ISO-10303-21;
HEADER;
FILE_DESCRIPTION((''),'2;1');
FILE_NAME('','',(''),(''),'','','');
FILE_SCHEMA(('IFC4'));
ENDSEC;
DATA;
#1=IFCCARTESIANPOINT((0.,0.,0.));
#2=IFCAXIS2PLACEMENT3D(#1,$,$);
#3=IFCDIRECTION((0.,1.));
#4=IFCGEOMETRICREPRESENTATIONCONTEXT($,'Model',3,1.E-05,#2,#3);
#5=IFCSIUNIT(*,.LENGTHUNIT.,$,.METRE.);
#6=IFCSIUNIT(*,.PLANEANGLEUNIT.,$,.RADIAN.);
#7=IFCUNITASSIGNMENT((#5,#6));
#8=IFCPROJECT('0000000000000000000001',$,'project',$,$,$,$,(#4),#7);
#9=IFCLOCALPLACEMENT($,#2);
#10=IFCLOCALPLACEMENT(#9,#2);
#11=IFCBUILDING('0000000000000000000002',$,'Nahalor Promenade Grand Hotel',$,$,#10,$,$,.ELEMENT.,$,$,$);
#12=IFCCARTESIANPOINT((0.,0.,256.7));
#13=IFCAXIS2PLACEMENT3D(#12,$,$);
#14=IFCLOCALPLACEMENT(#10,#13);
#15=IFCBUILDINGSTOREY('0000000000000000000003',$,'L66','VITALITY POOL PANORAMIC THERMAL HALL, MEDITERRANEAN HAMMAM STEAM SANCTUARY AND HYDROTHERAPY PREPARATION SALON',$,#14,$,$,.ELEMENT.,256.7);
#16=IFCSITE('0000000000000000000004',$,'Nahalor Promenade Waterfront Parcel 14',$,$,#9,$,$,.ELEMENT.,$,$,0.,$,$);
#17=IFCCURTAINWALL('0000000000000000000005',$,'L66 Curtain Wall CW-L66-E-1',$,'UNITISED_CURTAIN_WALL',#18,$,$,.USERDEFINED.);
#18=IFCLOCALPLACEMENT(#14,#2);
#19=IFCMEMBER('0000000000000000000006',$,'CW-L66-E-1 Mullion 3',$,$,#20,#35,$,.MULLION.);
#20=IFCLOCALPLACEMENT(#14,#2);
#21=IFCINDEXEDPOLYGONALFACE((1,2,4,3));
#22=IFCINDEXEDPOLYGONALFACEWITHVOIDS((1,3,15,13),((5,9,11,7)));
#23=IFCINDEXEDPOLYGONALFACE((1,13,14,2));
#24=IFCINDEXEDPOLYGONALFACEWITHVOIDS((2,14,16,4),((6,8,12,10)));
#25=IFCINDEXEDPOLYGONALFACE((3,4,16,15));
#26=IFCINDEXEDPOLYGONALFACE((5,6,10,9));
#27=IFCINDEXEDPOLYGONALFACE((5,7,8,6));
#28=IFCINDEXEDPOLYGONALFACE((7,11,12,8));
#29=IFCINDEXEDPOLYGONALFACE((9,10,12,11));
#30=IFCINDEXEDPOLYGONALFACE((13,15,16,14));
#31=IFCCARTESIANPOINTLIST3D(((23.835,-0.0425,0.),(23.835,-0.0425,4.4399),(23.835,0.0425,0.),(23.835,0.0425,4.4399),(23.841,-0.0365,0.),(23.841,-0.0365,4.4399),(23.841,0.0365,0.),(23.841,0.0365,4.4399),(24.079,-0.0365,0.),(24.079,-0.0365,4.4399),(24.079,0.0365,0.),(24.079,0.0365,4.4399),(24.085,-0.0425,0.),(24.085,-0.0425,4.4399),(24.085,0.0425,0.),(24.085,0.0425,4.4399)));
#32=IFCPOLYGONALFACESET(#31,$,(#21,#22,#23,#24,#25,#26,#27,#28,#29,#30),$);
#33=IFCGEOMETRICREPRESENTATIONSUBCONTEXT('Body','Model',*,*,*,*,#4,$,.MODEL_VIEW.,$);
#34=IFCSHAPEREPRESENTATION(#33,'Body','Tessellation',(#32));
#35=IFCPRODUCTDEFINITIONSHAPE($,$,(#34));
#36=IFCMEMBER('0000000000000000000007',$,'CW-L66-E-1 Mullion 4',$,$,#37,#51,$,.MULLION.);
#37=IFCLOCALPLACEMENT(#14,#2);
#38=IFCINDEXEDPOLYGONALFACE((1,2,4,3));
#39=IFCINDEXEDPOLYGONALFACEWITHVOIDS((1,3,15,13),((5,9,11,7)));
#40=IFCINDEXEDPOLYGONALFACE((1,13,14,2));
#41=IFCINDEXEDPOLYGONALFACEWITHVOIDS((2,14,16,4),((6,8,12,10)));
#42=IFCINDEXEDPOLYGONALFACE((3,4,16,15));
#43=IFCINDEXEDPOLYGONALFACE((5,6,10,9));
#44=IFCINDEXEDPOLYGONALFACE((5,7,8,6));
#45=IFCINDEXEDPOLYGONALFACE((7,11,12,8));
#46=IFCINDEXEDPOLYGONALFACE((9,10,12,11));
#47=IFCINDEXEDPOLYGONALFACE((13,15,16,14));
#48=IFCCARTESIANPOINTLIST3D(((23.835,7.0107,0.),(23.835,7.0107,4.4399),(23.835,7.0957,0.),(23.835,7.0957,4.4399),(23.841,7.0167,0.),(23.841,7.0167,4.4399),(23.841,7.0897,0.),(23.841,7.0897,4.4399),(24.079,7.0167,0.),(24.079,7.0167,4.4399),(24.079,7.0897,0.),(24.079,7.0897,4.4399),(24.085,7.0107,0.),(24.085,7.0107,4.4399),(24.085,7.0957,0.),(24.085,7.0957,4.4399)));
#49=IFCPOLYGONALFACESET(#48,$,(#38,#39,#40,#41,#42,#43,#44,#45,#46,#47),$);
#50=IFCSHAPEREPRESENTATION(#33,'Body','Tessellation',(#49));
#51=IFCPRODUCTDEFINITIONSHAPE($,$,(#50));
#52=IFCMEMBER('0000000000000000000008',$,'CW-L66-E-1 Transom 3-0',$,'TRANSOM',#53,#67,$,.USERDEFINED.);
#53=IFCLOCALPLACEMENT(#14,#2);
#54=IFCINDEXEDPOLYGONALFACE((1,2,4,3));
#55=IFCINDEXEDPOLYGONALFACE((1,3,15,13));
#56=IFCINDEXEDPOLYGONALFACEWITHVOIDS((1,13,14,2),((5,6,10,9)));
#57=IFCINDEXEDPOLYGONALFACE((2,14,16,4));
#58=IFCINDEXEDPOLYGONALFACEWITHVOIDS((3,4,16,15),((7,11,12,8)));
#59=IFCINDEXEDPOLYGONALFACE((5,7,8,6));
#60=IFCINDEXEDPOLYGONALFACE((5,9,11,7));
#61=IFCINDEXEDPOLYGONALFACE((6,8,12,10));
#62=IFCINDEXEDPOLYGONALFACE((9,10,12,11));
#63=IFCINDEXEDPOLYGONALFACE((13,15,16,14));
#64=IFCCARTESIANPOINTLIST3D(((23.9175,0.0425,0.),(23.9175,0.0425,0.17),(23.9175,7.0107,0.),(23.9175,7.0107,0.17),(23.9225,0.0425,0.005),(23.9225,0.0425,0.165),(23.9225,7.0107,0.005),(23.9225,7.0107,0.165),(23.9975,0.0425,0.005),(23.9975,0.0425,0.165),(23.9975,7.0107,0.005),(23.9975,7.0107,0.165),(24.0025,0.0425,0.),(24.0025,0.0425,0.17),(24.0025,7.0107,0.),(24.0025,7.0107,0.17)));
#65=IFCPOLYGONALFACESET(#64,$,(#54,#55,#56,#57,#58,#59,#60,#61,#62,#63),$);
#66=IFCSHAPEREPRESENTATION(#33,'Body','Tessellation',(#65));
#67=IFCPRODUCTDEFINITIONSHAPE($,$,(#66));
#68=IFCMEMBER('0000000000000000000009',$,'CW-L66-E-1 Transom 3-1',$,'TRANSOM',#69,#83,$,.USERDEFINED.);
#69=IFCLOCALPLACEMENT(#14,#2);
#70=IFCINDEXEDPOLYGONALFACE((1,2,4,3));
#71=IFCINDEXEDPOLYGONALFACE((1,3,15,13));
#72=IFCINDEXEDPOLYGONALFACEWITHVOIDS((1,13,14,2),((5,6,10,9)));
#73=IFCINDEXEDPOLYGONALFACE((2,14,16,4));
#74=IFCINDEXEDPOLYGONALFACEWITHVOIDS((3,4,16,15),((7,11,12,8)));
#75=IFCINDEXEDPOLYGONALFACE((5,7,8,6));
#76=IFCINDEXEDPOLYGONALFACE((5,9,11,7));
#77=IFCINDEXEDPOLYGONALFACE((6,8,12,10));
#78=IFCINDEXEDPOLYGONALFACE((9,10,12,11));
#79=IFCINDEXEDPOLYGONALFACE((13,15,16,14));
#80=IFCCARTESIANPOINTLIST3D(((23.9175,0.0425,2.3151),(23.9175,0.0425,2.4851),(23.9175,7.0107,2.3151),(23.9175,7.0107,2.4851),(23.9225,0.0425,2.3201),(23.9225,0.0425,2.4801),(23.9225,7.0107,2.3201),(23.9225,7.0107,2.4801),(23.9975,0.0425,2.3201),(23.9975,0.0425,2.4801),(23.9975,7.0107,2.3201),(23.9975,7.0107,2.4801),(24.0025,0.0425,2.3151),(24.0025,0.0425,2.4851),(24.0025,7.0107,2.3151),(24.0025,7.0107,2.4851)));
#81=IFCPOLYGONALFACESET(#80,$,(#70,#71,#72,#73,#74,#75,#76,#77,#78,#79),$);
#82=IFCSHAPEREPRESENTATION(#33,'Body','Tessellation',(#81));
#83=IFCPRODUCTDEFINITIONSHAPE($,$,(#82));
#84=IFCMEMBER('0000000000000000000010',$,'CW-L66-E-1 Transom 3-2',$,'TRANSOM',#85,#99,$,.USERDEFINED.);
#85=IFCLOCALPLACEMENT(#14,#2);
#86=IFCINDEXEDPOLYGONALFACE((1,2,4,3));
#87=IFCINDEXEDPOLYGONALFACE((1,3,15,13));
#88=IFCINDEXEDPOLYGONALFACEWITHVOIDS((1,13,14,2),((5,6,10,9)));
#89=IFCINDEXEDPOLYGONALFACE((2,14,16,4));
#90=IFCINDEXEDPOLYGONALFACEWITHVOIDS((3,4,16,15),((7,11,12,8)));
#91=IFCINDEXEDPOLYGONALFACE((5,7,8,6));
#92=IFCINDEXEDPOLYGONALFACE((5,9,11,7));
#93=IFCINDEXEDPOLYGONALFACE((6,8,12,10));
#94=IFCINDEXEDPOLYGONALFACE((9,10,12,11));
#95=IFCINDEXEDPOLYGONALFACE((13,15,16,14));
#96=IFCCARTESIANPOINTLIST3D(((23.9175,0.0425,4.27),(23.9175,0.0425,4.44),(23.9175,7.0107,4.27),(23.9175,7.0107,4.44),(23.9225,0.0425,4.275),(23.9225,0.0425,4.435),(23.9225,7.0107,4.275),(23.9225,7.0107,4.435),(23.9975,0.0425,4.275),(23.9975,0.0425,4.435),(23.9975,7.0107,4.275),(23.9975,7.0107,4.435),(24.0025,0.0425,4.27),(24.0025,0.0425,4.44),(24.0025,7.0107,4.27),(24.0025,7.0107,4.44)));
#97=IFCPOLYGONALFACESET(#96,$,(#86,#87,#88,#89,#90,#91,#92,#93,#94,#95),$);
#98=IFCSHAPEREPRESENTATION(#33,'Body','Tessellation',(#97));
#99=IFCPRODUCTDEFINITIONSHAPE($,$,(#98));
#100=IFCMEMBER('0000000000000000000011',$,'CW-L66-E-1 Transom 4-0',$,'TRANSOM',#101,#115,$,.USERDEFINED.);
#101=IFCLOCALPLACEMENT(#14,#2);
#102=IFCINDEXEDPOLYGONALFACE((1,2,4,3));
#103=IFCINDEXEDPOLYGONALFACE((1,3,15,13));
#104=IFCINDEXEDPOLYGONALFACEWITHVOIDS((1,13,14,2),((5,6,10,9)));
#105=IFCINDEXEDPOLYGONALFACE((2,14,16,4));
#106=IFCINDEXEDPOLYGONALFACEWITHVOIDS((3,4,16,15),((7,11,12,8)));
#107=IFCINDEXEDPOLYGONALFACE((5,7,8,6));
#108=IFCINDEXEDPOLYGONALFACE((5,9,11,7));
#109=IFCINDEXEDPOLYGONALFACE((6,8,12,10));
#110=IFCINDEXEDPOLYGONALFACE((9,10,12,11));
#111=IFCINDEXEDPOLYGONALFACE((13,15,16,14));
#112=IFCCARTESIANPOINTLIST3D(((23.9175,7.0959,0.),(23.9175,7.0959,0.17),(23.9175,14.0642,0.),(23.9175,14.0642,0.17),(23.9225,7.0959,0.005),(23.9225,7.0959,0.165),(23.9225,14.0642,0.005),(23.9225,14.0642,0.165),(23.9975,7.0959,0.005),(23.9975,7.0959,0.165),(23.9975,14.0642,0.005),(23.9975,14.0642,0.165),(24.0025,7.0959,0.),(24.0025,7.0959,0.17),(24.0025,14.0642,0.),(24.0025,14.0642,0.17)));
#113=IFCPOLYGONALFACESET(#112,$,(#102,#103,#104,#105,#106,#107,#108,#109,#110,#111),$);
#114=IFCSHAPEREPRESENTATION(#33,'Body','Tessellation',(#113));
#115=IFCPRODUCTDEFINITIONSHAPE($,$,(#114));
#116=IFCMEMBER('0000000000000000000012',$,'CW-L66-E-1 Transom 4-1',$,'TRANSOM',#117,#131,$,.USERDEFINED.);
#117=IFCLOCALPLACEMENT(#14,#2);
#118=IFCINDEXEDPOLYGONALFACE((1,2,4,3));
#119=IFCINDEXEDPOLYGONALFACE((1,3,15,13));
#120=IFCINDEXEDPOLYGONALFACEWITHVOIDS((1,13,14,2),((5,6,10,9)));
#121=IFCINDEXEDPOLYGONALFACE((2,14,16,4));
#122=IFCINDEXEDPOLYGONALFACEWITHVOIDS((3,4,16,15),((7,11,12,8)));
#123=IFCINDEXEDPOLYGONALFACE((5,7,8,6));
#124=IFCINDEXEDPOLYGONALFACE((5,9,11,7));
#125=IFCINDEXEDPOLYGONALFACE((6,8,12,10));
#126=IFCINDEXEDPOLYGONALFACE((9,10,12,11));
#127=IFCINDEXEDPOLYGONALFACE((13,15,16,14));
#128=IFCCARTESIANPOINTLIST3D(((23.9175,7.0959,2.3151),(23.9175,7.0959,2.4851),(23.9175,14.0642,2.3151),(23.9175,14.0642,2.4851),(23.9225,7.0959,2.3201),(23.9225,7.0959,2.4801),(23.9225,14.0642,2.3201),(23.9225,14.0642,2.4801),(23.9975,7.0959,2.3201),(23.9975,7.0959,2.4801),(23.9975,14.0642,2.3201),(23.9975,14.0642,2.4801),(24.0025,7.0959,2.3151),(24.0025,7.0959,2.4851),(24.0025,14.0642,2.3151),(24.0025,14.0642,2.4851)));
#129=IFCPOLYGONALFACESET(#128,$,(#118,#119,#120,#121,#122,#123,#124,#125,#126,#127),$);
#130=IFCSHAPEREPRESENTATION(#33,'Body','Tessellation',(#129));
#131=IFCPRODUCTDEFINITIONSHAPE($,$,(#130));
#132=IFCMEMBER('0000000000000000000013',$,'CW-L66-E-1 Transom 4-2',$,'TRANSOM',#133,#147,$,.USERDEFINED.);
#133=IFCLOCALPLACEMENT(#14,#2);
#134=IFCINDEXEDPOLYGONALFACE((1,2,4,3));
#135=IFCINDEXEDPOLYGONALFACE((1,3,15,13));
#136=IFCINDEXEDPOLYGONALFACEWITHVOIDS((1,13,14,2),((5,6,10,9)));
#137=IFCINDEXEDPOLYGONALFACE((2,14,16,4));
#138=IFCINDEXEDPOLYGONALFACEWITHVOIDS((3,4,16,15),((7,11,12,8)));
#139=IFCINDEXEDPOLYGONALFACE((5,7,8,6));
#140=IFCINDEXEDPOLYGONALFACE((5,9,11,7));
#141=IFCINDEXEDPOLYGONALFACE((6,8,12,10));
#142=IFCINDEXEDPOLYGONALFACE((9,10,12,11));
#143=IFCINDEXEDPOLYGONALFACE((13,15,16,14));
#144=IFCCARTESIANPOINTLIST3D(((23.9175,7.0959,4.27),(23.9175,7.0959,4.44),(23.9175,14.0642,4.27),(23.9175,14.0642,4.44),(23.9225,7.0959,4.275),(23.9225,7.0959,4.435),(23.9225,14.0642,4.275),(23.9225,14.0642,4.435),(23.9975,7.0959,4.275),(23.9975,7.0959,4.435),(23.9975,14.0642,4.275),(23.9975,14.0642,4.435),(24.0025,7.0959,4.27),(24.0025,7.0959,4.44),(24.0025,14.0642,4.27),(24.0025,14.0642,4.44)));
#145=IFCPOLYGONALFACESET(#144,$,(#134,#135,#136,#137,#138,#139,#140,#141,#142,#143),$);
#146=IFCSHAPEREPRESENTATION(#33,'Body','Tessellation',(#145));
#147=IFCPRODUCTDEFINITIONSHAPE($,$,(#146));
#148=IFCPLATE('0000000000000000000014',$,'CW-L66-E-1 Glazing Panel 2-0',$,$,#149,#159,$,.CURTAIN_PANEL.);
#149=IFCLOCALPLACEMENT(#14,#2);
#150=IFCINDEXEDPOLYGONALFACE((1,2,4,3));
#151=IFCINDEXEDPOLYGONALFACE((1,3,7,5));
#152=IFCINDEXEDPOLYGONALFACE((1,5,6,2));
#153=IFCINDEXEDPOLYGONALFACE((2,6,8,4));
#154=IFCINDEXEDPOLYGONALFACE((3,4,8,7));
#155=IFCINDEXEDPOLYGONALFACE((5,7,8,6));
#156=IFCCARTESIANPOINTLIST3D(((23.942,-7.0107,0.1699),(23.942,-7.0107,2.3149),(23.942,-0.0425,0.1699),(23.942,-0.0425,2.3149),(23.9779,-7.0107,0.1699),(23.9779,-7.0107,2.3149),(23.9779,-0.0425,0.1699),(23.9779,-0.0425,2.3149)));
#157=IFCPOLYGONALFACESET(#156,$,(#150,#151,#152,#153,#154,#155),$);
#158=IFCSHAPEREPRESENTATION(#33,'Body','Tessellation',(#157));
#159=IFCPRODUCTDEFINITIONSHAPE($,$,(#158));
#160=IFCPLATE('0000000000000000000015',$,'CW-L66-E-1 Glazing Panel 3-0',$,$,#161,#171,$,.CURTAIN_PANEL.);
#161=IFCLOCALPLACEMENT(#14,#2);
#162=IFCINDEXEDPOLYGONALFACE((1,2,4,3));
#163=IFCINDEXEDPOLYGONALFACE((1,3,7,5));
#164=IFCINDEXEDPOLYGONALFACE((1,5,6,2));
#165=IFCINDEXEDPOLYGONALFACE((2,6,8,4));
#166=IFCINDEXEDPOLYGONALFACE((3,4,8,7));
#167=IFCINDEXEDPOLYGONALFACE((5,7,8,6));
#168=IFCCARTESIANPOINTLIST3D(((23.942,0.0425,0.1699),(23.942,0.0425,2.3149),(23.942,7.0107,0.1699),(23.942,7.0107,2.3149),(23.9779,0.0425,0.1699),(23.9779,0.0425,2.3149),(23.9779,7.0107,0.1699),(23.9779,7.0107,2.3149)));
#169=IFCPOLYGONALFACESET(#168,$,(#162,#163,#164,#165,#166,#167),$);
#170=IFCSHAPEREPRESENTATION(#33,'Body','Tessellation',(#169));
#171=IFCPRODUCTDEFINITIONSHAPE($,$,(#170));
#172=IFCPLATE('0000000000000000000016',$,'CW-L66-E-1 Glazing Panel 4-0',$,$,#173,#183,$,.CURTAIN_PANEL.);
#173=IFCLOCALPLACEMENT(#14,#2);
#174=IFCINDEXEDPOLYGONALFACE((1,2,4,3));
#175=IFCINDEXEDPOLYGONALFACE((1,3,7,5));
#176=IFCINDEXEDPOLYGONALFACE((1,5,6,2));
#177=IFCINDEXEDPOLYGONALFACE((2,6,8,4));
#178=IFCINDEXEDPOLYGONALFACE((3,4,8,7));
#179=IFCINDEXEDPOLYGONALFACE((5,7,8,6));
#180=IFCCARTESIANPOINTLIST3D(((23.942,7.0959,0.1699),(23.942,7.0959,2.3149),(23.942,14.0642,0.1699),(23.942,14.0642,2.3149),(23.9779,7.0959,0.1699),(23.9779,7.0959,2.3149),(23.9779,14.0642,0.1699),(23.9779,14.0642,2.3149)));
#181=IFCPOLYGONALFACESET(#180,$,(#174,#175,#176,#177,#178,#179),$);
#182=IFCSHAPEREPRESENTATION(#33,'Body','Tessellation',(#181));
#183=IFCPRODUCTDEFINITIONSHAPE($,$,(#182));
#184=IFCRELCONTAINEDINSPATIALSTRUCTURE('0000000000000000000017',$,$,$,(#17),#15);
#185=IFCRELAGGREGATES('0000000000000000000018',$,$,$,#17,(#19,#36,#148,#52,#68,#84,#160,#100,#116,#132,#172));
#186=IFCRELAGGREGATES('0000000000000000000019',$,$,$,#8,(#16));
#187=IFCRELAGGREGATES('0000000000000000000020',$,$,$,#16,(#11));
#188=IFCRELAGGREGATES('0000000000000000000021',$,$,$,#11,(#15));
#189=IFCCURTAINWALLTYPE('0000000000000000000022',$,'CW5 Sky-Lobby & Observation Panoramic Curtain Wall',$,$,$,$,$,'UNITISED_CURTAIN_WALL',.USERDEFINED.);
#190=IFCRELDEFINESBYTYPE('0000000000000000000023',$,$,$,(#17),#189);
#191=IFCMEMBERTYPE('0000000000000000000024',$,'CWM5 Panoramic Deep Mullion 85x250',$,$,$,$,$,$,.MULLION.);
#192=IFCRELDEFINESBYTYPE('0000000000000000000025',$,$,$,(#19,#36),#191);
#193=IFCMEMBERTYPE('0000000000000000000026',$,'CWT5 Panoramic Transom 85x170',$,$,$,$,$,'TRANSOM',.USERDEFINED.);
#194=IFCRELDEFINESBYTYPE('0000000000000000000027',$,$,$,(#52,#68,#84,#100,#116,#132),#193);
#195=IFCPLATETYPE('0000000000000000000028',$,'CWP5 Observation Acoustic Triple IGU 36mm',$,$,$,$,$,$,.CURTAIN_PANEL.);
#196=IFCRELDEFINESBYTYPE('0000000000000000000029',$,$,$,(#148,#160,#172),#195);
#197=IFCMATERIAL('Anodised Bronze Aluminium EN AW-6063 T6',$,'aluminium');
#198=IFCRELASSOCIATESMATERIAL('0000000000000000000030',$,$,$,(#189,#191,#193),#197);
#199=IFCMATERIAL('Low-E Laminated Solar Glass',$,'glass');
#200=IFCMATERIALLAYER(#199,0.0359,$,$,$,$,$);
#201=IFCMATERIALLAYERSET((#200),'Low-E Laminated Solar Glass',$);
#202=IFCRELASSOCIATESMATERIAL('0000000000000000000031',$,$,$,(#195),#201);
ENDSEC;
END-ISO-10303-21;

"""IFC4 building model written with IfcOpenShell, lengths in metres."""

from ifc_helpers import new_model, si_unit, direction, frame, origin, origin_2d, place, context, subcontext, project, spatial, rectangle, hollow_rectangle, extrude, source, transform, mapped, material, layer, layer_set, material_profile, profile_set, type_object, element, aggregate, save


model = new_model("IFC4")

# Units and contexts
model_context = context("Model", 3, precision=1e-05, world=origin(), true_north=direction((0.0, 1.0)))
body_context = subcontext(model_context, "Body", "Model", "MODEL_VIEW")
ifc_project = project(units=[si_unit("LENGTHUNIT", "METRE"), si_unit("PLANEANGLEUNIT", "RADIAN")], contexts=[model_context])

# Site, building, storey
site_placement = place(None, origin())
site = spatial("IfcSite", under=ifc_project, at=site_placement, Name="Nahalor Promenade Waterfront Parcel 14", CompositionType="ELEMENT", RefElevation=0.0)
building_placement = place(site_placement, origin())
building = spatial("IfcBuilding", under=site, at=building_placement, Name="Nahalor Promenade Grand Hotel", CompositionType="ELEMENT")
storey_placement = place(building_placement, frame((0.0, 0.0, 256.7)))
storey = spatial("IfcBuildingStorey", under=building, at=storey_placement, Name="L66", Description="VITALITY POOL PANORAMIC THERMAL HALL, MEDITERRANEAN HAMMAM STEAM SANCTUARY AND HYDROTHERAPY PREPARATION SALON", CompositionType="ELEMENT", Elevation=256.7)

# Curtain wall, members, plates
ifc_material_1 = material(Name="Anodised Bronze Aluminium EN AW-6063 T6", Category="aluminium")
curtain_wall_type = type_object("IfcCurtainWallType", Name="CW5 Sky-Lobby & Observation Panoramic Curtain Wall", ElementType="UNITISED_CURTAIN_WALL", PredefinedType="USERDEFINED", material=ifc_material_1)
curtain_wall_placement = place(storey_placement, origin())
curtain_wall = element("IfcCurtainWall", 1, at=curtain_wall_placement, inside=storey, type_object=curtain_wall_type, Name="L66 Curtain Wall CW-L66-E-1", ObjectType="UNITISED_CURTAIN_WALL", PredefinedType="USERDEFINED")
ifc_material_profile_1 = material_profile(ifc_material_1, hollow_rectangle(XDim=0.085, YDim=0.25, WallThickness=0.006, at=origin_2d()), Name="CWM 85x250x6")
ifc_profile_set_1 = profile_set([ifc_material_profile_1], Name="Anodised Bronze Aluminium EN AW-6063 T6")
member_type_1 = type_object("IfcMemberType", Name="CWM5 Panoramic Deep Mullion 85x250", PredefinedType="MULLION", material=ifc_profile_set_1)
shared_shape_1 = source(origin(), body_context, "Body", "SweptSolid", [
    extrude(hollow_rectangle(XDim=0.085, YDim=0.25, WallThickness=0.006, at=origin_2d()), origin(), (0.0, 0.0, 1.0), 4.4399),
])
member_1_placement = place(storey_placement, frame((23.96, 0.0, 0.0), z_axis=(0.0, 0.0, 1.0), x_axis=(0.0, 1.0, 0.0)))
member_1 = element("IfcMember", 2, at=member_1_placement, type_object=member_type_1, Name="CW-L66-E-1 Mullion 3", PredefinedType="MULLION", context=body_context, shape_type="MappedRepresentation", body=[
    mapped(shared_shape_1, transform((0.0, 0.0, 0.0), scale=1.0)),
])
member_2_placement = place(storey_placement, frame((23.96, 7.0532, 0.0), z_axis=(0.0, 0.0, 1.0), x_axis=(0.0, 1.0, 0.0)))
member_2 = element("IfcMember", 3, at=member_2_placement, type_object=member_type_1, Name="CW-L66-E-1 Mullion 4", PredefinedType="MULLION", context=body_context, shape_type="MappedRepresentation", body=[
    mapped(shared_shape_1, transform((0.0, 0.0, 0.0), scale=1.0)),
])
ifc_material_profile_2 = material_profile(ifc_material_1, hollow_rectangle(XDim=0.085, YDim=0.17, WallThickness=0.005, at=origin_2d()), Name="CWT 85x170x5")
ifc_profile_set_2 = profile_set([ifc_material_profile_2], Name="Anodised Bronze Aluminium EN AW-6063 T6")
member_type_2 = type_object("IfcMemberType", Name="CWT5 Panoramic Transom 85x170", ElementType="TRANSOM", PredefinedType="USERDEFINED", material=ifc_profile_set_2)
shared_shape_2 = source(origin(), body_context, "Body", "SweptSolid", [
    extrude(hollow_rectangle(XDim=0.085, YDim=0.17, WallThickness=0.005, at=origin_2d()), origin(), (0.0, 0.0, 1.0), 6.9683),
])
member_3_placement = place(storey_placement, frame((23.96, 0.0425, 0.085), z_axis=(0.0, 1.0, 0.0), x_axis=(-1.0, 0.0, 0.0)))
member_3 = element("IfcMember", 4, at=member_3_placement, type_object=member_type_2, Name="CW-L66-E-1 Transom 3-0", ObjectType="TRANSOM", PredefinedType="USERDEFINED", context=body_context, shape_type="MappedRepresentation", body=[
    mapped(shared_shape_2, transform((0.0, 0.0, 0.0), scale=1.0)),
])
member_4_placement = place(storey_placement, frame((23.96, 0.0425, 2.4001), z_axis=(0.0, 1.0, 0.0), x_axis=(-1.0, 0.0, 0.0)))
member_4 = element("IfcMember", 5, at=member_4_placement, type_object=member_type_2, Name="CW-L66-E-1 Transom 3-1", ObjectType="TRANSOM", PredefinedType="USERDEFINED", context=body_context, shape_type="MappedRepresentation", body=[
    mapped(shared_shape_2, transform((0.0, 0.0, 0.0), scale=1.0)),
])
member_5_placement = place(storey_placement, frame((23.96, 0.0425, 4.355), z_axis=(0.0, 1.0, 0.0), x_axis=(-1.0, 0.0, 0.0)))
member_5 = element("IfcMember", 6, at=member_5_placement, type_object=member_type_2, Name="CW-L66-E-1 Transom 3-2", ObjectType="TRANSOM", PredefinedType="USERDEFINED", context=body_context, shape_type="MappedRepresentation", body=[
    mapped(shared_shape_2, transform((0.0, 0.0, 0.0), scale=1.0)),
])
member_6_placement = place(storey_placement, frame((23.96, 7.0959, 0.085), z_axis=(0.0, 1.0, 0.0), x_axis=(-1.0, 0.0, 0.0)))
member_6 = element("IfcMember", 7, at=member_6_placement, type_object=member_type_2, Name="CW-L66-E-1 Transom 4-0", ObjectType="TRANSOM", PredefinedType="USERDEFINED", context=body_context, shape_type="MappedRepresentation", body=[
    mapped(shared_shape_2, transform((0.0, 0.0, 0.0), scale=1.0)),
])
member_7_placement = place(storey_placement, frame((23.96, 7.0959, 2.4001), z_axis=(0.0, 1.0, 0.0), x_axis=(-1.0, 0.0, 0.0)))
member_7 = element("IfcMember", 8, at=member_7_placement, type_object=member_type_2, Name="CW-L66-E-1 Transom 4-1", ObjectType="TRANSOM", PredefinedType="USERDEFINED", context=body_context, shape_type="MappedRepresentation", body=[
    mapped(shared_shape_2, transform((0.0, 0.0, 0.0), scale=1.0)),
])
member_8_placement = place(storey_placement, frame((23.96, 7.0959, 4.355), z_axis=(0.0, 1.0, 0.0), x_axis=(-1.0, 0.0, 0.0)))
member_8 = element("IfcMember", 9, at=member_8_placement, type_object=member_type_2, Name="CW-L66-E-1 Transom 4-2", ObjectType="TRANSOM", PredefinedType="USERDEFINED", context=body_context, shape_type="MappedRepresentation", body=[
    mapped(shared_shape_2, transform((0.0, 0.0, 0.0), scale=1.0)),
])
ifc_material_2 = material(Name="Low-E Laminated Solar Glass", Category="glass")
ifc_layer_1 = layer(ifc_material_2, 0.0359)
ifc_layer_set_1 = layer_set([ifc_layer_1], Name="Low-E Laminated Solar Glass")
plate_type = type_object("IfcPlateType", Name="CWP5 Observation Acoustic Triple IGU 36mm", PredefinedType="CURTAIN_PANEL", material=ifc_layer_set_1)
shared_shape_3 = source(origin(), body_context, "Body", "SweptSolid", [
    extrude(rectangle(XDim=6.9683, YDim=0.0359, at=origin_2d()), origin(), (0.0, 0.0, 1.0), 2.145),
])
plate_1_placement = place(storey_placement, frame((23.96, -3.5266, 0.1699), z_axis=(0.0, 0.0, 1.0), x_axis=(0.0, 1.0, 0.0)))
plate_1 = element("IfcPlate", 10, at=plate_1_placement, type_object=plate_type, Name="CW-L66-E-1 Glazing Panel 2-0", PredefinedType="CURTAIN_PANEL", context=body_context, shape_type="MappedRepresentation", body=[
    mapped(shared_shape_3, transform((0.0, 0.0, 0.0), scale=1.0)),
])
plate_2_placement = place(storey_placement, frame((23.96, 3.5266, 0.1699), z_axis=(0.0, 0.0, 1.0), x_axis=(0.0, 1.0, 0.0)))
plate_2 = element("IfcPlate", 11, at=plate_2_placement, type_object=plate_type, Name="CW-L66-E-1 Glazing Panel 3-0", PredefinedType="CURTAIN_PANEL", context=body_context, shape_type="MappedRepresentation", body=[
    mapped(shared_shape_3, transform((0.0, 0.0, 0.0), scale=1.0)),
])
plate_3_placement = place(storey_placement, frame((23.96, 10.5801, 0.1699), z_axis=(0.0, 0.0, 1.0), x_axis=(0.0, 1.0, 0.0)))
plate_3 = element("IfcPlate", 12, at=plate_3_placement, type_object=plate_type, Name="CW-L66-E-1 Glazing Panel 4-0", PredefinedType="CURTAIN_PANEL", context=body_context, shape_type="MappedRepresentation", body=[
    mapped(shared_shape_3, transform((0.0, 0.0, 0.0), scale=1.0)),
])
aggregate(curtain_wall, [member_1, member_2, plate_1, member_3, member_4, member_5, plate_2, member_6, member_7, member_8, plate_3])

save(model, "model.ifc")
